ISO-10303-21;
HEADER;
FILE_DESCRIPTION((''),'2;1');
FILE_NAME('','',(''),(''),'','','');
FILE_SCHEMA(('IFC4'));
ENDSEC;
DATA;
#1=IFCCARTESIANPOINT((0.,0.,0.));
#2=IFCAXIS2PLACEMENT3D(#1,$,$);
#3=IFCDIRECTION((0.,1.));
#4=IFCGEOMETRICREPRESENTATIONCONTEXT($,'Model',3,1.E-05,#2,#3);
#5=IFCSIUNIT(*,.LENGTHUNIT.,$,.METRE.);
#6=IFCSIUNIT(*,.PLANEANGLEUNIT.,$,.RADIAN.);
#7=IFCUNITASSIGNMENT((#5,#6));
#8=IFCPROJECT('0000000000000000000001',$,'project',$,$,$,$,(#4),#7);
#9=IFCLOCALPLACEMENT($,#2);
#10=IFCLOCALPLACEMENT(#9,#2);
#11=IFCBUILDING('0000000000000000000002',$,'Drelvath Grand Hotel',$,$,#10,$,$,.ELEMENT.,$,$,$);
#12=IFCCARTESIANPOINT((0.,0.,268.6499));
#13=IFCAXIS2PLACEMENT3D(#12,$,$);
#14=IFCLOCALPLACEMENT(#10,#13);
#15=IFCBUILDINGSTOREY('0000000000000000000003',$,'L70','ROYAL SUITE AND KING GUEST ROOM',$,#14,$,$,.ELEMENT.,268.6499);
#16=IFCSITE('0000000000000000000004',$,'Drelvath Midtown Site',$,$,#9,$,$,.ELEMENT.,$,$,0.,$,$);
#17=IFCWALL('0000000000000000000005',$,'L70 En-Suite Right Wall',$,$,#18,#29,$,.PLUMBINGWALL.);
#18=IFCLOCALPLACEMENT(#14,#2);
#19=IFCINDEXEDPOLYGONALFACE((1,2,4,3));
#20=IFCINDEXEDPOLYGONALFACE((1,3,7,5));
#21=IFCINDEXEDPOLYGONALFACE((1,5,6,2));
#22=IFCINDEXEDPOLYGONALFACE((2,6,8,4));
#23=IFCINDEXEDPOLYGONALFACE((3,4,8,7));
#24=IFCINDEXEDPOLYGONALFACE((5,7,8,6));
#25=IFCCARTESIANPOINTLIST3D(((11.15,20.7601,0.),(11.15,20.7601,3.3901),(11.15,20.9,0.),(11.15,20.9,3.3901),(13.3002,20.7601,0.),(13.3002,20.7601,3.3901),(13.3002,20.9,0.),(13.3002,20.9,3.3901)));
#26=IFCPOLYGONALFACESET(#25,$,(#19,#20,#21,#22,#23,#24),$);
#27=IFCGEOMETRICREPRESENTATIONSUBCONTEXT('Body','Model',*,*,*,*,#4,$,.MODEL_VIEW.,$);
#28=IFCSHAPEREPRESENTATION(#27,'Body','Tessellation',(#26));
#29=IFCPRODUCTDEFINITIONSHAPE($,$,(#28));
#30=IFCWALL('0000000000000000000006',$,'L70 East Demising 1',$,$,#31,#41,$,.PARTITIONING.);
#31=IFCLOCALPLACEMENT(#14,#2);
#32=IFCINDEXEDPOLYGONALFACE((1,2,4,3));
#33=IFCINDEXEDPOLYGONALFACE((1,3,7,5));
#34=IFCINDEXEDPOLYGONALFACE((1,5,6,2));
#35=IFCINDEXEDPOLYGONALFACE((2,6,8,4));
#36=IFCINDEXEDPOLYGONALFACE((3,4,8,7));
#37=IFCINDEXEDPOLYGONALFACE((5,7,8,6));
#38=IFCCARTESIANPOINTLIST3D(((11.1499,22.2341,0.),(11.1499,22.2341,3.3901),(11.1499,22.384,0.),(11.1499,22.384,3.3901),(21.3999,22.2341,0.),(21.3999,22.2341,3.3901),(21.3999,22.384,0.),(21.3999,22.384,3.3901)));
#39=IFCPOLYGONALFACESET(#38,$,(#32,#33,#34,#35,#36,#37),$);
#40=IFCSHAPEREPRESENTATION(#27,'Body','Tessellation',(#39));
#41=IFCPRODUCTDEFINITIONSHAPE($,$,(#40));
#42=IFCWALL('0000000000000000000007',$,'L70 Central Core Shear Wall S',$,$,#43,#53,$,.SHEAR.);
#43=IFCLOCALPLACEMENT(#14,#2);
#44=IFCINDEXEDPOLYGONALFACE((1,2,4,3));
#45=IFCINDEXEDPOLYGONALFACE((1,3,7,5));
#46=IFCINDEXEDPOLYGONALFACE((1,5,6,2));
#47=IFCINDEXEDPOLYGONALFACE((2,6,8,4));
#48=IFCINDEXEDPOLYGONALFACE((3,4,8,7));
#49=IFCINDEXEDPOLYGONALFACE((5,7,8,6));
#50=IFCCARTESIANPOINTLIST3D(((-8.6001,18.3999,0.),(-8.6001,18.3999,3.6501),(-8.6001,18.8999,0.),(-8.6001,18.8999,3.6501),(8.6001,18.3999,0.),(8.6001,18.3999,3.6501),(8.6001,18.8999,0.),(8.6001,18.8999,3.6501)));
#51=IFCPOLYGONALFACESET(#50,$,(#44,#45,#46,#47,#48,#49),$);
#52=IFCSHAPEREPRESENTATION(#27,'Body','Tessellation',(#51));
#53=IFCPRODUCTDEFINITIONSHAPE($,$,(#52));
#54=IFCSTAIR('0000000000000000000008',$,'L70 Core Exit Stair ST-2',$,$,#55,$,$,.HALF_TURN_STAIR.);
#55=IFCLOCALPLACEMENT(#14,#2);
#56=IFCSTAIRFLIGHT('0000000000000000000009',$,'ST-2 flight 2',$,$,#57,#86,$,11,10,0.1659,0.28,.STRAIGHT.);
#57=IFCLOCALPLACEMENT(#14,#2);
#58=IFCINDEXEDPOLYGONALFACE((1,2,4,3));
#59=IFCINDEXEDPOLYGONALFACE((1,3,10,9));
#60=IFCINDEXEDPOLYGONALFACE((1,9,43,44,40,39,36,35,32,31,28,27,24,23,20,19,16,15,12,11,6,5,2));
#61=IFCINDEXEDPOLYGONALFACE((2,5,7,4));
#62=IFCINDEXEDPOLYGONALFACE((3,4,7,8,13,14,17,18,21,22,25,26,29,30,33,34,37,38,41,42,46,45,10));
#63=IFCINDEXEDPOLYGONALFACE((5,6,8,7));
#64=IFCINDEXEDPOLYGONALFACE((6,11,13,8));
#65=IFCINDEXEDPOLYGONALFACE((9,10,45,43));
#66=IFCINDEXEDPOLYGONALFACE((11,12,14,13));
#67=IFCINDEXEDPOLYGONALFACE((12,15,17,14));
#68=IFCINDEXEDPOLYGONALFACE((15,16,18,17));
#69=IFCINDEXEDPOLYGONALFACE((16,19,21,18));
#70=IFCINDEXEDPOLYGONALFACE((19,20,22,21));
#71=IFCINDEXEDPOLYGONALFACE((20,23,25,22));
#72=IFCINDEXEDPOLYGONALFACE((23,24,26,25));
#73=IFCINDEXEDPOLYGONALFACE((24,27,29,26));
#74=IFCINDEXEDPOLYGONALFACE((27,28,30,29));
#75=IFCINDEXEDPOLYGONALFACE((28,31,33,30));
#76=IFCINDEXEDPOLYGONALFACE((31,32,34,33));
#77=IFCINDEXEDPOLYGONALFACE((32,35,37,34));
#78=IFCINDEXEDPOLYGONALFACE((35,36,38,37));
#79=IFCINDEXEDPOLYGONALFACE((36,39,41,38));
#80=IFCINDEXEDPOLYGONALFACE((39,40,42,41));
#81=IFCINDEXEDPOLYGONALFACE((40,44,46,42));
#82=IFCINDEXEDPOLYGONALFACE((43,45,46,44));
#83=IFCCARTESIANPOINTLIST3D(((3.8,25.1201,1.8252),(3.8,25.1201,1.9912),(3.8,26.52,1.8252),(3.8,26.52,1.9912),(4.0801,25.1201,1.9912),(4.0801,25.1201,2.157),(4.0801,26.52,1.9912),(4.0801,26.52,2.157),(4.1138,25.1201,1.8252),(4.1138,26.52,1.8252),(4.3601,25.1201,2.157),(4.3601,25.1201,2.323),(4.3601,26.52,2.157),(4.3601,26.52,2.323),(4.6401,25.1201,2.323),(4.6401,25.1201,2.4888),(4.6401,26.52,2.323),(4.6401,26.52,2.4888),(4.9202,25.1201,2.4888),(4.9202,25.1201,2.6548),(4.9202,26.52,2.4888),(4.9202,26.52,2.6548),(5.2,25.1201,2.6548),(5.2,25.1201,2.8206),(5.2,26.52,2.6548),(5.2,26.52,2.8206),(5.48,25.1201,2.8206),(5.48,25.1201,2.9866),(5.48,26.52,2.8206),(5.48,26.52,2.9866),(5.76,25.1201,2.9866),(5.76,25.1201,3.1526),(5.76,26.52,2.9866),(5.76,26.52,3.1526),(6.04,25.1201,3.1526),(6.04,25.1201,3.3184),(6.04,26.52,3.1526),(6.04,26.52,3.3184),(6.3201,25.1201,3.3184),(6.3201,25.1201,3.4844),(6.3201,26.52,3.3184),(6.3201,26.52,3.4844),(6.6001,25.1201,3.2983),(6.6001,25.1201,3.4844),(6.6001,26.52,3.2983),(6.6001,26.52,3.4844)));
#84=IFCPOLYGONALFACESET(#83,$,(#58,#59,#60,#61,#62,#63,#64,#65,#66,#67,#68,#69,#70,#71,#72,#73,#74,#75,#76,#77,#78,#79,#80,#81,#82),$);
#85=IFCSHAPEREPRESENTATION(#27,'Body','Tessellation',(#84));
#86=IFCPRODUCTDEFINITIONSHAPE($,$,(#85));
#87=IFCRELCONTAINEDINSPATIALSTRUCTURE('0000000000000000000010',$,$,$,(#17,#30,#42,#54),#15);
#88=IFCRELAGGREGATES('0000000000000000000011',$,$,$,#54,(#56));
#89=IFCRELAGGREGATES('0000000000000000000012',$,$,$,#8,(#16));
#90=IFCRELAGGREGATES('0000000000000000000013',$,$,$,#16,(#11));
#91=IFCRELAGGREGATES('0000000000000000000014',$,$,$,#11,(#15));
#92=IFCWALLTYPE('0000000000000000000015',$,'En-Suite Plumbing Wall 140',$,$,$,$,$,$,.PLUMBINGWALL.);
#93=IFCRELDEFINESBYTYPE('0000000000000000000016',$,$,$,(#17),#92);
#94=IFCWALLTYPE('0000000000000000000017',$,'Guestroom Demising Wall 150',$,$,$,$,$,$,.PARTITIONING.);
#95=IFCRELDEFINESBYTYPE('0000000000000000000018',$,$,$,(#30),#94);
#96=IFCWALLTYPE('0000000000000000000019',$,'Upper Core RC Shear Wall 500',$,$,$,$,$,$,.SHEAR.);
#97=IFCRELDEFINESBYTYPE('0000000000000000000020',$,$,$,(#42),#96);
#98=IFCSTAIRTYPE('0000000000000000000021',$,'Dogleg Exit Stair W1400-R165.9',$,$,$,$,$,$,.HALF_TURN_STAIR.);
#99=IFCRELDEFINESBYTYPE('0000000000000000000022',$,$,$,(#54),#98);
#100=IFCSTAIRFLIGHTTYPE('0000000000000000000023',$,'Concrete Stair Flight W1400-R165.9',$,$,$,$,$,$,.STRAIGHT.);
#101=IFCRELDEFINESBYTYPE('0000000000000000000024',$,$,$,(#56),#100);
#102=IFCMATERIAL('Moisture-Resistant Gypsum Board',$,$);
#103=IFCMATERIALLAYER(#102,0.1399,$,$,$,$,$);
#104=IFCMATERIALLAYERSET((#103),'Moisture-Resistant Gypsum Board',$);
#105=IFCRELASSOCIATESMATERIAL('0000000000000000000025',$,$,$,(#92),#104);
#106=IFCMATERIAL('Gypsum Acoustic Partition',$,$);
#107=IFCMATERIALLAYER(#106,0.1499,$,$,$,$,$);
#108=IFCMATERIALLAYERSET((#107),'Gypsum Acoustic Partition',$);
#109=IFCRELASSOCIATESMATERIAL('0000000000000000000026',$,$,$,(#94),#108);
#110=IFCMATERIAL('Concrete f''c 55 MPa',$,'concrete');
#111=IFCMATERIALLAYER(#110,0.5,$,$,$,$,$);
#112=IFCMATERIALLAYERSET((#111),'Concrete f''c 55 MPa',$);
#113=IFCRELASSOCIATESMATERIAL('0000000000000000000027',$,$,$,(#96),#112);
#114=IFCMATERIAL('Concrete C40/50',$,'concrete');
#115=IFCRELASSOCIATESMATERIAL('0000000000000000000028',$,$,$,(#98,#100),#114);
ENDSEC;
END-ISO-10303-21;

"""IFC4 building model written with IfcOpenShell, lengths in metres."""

from ifc_helpers import new_model, si_unit, direction, frame, frame_2d, origin, place, context, subcontext, project, spatial, polyline, rectangle, outline, extrude, material, layer, layer_set, type_object, element, aggregate, save


model = new_model("IFC4")

# Units and contexts
model_context = context("Model", 3, precision=1e-05, world=origin(), true_north=direction((0.0, 1.0)))
body_context = subcontext(model_context, "Body", "Model", "MODEL_VIEW")
ifc_project = project(units=[si_unit("LENGTHUNIT", "METRE"), si_unit("PLANEANGLEUNIT", "RADIAN")], contexts=[model_context])

# Site, building, storey
site_placement = place(None, origin())
site = spatial("IfcSite", under=ifc_project, at=site_placement, Name="Drelvath Midtown Site", CompositionType="ELEMENT", RefElevation=0.0)
building_placement = place(site_placement, origin())
building = spatial("IfcBuilding", under=site, at=building_placement, Name="Drelvath Grand Hotel", CompositionType="ELEMENT")
storey_placement = place(building_placement, frame((0.0, 0.0, 268.6499)))
storey = spatial("IfcBuildingStorey", under=building, at=storey_placement, Name="L70", Description="ROYAL SUITE AND KING GUEST ROOM", CompositionType="ELEMENT", Elevation=268.6499)

# Shared definitions
ifc_material_1 = material(Name="Concrete f'c 55 MPa", Category="concrete")

# Shared definitions
ifc_material_2 = material(Name="Concrete C40/50", Category="concrete")

# Walls
ifc_material_3 = material(Name="Moisture-Resistant Gypsum Board")
ifc_layer_1 = layer(ifc_material_3, 0.1399)
ifc_layer_set_1 = layer_set([ifc_layer_1], Name="Moisture-Resistant Gypsum Board")
wall_type_1 = type_object("IfcWallType", Name="En-Suite Plumbing Wall 140", PredefinedType="PLUMBINGWALL", material=ifc_layer_set_1)
wall_1_placement = place(storey_placement, frame((11.1499, 20.8301, 0.0), z_axis=(0.0, 0.0, 1.0), x_axis=(1.0, 0.0, 0.0)))
element("IfcWall", 1, at=wall_1_placement, inside=storey, type_object=wall_type_1, Name="L70 En-Suite Right Wall", PredefinedType="PLUMBINGWALL", context=body_context, shape_type="SweptSolid", body=[
    extrude(rectangle(XDim=2.1501, YDim=0.1399, at=frame_2d((1.0752, 0.0))), origin(), (0.0, 0.0, 1.0), 3.3901),
])
ifc_material_4 = material(Name="Gypsum Acoustic Partition")
ifc_layer_2 = layer(ifc_material_4, 0.1499)
ifc_layer_set_2 = layer_set([ifc_layer_2], Name="Gypsum Acoustic Partition")
wall_type_2 = type_object("IfcWallType", Name="Guestroom Demising Wall 150", PredefinedType="PARTITIONING", material=ifc_layer_set_2)
wall_2_placement = place(storey_placement, frame((11.1499, 22.3091, 0.0), z_axis=(0.0, 0.0, 1.0), x_axis=(1.0, 0.0, 0.0)))
element("IfcWall", 2, at=wall_2_placement, inside=storey, type_object=wall_type_2, Name="L70 East Demising 1", PredefinedType="PARTITIONING", context=body_context, shape_type="SweptSolid", body=[
    extrude(rectangle(XDim=10.25, YDim=0.1499, at=frame_2d((5.125, 0.0))), origin(), (0.0, 0.0, 1.0), 3.3901),
])
ifc_layer_3 = layer(ifc_material_1, 0.5)
ifc_layer_set_3 = layer_set([ifc_layer_3], Name="Concrete f'c 55 MPa")
wall_type_3 = type_object("IfcWallType", Name="Upper Core RC Shear Wall 500", PredefinedType="SHEAR", material=ifc_layer_set_3)
wall_3_placement = place(storey_placement, frame((8.6001, 18.6499, 0.0), z_axis=(0.0, 0.0, 1.0), x_axis=(-1.0, 0.0, 0.0)))
element("IfcWall", 3, at=wall_3_placement, inside=storey, type_object=wall_type_3, Name="L70 Central Core Shear Wall S", PredefinedType="SHEAR", context=body_context, shape_type="SweptSolid", body=[
    extrude(rectangle(XDim=17.2002, YDim=0.5, at=frame_2d((8.6001, 0.0))), origin(), (0.0, 0.0, 1.0), 3.6501),
])

# Stair, stair flight
stair_type = type_object("IfcStairType", Name="Dogleg Exit Stair W1400-R165.9", PredefinedType="HALF_TURN_STAIR", material=ifc_material_2)
stair_placement = place(storey_placement, origin())
stair = element("IfcStair", 4, at=stair_placement, inside=storey, type_object=stair_type, Name="L70 Core Exit Stair ST-2", PredefinedType="HALF_TURN_STAIR")
stair_flight_type = type_object("IfcStairFlightType", Name="Concrete Stair Flight W1400-R165.9", PredefinedType="STRAIGHT", material=ifc_material_2)
stair_flight_placement = place(storey_placement, frame((3.8, 25.8201, 1.8252), z_axis=(0.0, 0.0, 1.0), x_axis=(1.0, 0.0, 0.0)))
stair_flight = element("IfcStairFlight", 5, at=stair_flight_placement, type_object=stair_flight_type, Name="ST-2 flight 2", NumberOfRisers=11, NumberOfTreads=10, PredefinedType="STRAIGHT", RiserHeight=0.1659, TreadLength=0.28, context=body_context, shape_type="SweptSolid", body=[
    extrude(outline(polyline([(0.0, 0.0), (0.0, 0.166), (0.28, 0.166), (0.28, 0.3318), (0.5601, 0.3318), (0.5601, 0.4978), (0.8401, 0.4978), (0.8401, 0.6636), (1.1201, 0.6636), (1.1201, 0.8296), (1.3999, 0.8296), (1.3999, 0.9954), (1.6799, 0.9954), (1.6799, 1.1614), (1.96, 1.1614), (1.96, 1.3274), (2.24, 1.3274), (2.24, 1.4932), (2.52, 1.4932), (2.52, 1.6592), (2.8, 1.6592), (2.8, 1.825), (2.8, 1.4731), (0.3137, 0.0), (0.0, 0.0)])), frame((0.0, 0.7, 0.0), z_axis=(0.0, -1.0, 0.0), x_axis=(1.0, 0.0, 0.0)), (0.0, 0.0, 1.0), 1.3999),
])
aggregate(stair, [stair_flight])

save(model, "model.ifc")
